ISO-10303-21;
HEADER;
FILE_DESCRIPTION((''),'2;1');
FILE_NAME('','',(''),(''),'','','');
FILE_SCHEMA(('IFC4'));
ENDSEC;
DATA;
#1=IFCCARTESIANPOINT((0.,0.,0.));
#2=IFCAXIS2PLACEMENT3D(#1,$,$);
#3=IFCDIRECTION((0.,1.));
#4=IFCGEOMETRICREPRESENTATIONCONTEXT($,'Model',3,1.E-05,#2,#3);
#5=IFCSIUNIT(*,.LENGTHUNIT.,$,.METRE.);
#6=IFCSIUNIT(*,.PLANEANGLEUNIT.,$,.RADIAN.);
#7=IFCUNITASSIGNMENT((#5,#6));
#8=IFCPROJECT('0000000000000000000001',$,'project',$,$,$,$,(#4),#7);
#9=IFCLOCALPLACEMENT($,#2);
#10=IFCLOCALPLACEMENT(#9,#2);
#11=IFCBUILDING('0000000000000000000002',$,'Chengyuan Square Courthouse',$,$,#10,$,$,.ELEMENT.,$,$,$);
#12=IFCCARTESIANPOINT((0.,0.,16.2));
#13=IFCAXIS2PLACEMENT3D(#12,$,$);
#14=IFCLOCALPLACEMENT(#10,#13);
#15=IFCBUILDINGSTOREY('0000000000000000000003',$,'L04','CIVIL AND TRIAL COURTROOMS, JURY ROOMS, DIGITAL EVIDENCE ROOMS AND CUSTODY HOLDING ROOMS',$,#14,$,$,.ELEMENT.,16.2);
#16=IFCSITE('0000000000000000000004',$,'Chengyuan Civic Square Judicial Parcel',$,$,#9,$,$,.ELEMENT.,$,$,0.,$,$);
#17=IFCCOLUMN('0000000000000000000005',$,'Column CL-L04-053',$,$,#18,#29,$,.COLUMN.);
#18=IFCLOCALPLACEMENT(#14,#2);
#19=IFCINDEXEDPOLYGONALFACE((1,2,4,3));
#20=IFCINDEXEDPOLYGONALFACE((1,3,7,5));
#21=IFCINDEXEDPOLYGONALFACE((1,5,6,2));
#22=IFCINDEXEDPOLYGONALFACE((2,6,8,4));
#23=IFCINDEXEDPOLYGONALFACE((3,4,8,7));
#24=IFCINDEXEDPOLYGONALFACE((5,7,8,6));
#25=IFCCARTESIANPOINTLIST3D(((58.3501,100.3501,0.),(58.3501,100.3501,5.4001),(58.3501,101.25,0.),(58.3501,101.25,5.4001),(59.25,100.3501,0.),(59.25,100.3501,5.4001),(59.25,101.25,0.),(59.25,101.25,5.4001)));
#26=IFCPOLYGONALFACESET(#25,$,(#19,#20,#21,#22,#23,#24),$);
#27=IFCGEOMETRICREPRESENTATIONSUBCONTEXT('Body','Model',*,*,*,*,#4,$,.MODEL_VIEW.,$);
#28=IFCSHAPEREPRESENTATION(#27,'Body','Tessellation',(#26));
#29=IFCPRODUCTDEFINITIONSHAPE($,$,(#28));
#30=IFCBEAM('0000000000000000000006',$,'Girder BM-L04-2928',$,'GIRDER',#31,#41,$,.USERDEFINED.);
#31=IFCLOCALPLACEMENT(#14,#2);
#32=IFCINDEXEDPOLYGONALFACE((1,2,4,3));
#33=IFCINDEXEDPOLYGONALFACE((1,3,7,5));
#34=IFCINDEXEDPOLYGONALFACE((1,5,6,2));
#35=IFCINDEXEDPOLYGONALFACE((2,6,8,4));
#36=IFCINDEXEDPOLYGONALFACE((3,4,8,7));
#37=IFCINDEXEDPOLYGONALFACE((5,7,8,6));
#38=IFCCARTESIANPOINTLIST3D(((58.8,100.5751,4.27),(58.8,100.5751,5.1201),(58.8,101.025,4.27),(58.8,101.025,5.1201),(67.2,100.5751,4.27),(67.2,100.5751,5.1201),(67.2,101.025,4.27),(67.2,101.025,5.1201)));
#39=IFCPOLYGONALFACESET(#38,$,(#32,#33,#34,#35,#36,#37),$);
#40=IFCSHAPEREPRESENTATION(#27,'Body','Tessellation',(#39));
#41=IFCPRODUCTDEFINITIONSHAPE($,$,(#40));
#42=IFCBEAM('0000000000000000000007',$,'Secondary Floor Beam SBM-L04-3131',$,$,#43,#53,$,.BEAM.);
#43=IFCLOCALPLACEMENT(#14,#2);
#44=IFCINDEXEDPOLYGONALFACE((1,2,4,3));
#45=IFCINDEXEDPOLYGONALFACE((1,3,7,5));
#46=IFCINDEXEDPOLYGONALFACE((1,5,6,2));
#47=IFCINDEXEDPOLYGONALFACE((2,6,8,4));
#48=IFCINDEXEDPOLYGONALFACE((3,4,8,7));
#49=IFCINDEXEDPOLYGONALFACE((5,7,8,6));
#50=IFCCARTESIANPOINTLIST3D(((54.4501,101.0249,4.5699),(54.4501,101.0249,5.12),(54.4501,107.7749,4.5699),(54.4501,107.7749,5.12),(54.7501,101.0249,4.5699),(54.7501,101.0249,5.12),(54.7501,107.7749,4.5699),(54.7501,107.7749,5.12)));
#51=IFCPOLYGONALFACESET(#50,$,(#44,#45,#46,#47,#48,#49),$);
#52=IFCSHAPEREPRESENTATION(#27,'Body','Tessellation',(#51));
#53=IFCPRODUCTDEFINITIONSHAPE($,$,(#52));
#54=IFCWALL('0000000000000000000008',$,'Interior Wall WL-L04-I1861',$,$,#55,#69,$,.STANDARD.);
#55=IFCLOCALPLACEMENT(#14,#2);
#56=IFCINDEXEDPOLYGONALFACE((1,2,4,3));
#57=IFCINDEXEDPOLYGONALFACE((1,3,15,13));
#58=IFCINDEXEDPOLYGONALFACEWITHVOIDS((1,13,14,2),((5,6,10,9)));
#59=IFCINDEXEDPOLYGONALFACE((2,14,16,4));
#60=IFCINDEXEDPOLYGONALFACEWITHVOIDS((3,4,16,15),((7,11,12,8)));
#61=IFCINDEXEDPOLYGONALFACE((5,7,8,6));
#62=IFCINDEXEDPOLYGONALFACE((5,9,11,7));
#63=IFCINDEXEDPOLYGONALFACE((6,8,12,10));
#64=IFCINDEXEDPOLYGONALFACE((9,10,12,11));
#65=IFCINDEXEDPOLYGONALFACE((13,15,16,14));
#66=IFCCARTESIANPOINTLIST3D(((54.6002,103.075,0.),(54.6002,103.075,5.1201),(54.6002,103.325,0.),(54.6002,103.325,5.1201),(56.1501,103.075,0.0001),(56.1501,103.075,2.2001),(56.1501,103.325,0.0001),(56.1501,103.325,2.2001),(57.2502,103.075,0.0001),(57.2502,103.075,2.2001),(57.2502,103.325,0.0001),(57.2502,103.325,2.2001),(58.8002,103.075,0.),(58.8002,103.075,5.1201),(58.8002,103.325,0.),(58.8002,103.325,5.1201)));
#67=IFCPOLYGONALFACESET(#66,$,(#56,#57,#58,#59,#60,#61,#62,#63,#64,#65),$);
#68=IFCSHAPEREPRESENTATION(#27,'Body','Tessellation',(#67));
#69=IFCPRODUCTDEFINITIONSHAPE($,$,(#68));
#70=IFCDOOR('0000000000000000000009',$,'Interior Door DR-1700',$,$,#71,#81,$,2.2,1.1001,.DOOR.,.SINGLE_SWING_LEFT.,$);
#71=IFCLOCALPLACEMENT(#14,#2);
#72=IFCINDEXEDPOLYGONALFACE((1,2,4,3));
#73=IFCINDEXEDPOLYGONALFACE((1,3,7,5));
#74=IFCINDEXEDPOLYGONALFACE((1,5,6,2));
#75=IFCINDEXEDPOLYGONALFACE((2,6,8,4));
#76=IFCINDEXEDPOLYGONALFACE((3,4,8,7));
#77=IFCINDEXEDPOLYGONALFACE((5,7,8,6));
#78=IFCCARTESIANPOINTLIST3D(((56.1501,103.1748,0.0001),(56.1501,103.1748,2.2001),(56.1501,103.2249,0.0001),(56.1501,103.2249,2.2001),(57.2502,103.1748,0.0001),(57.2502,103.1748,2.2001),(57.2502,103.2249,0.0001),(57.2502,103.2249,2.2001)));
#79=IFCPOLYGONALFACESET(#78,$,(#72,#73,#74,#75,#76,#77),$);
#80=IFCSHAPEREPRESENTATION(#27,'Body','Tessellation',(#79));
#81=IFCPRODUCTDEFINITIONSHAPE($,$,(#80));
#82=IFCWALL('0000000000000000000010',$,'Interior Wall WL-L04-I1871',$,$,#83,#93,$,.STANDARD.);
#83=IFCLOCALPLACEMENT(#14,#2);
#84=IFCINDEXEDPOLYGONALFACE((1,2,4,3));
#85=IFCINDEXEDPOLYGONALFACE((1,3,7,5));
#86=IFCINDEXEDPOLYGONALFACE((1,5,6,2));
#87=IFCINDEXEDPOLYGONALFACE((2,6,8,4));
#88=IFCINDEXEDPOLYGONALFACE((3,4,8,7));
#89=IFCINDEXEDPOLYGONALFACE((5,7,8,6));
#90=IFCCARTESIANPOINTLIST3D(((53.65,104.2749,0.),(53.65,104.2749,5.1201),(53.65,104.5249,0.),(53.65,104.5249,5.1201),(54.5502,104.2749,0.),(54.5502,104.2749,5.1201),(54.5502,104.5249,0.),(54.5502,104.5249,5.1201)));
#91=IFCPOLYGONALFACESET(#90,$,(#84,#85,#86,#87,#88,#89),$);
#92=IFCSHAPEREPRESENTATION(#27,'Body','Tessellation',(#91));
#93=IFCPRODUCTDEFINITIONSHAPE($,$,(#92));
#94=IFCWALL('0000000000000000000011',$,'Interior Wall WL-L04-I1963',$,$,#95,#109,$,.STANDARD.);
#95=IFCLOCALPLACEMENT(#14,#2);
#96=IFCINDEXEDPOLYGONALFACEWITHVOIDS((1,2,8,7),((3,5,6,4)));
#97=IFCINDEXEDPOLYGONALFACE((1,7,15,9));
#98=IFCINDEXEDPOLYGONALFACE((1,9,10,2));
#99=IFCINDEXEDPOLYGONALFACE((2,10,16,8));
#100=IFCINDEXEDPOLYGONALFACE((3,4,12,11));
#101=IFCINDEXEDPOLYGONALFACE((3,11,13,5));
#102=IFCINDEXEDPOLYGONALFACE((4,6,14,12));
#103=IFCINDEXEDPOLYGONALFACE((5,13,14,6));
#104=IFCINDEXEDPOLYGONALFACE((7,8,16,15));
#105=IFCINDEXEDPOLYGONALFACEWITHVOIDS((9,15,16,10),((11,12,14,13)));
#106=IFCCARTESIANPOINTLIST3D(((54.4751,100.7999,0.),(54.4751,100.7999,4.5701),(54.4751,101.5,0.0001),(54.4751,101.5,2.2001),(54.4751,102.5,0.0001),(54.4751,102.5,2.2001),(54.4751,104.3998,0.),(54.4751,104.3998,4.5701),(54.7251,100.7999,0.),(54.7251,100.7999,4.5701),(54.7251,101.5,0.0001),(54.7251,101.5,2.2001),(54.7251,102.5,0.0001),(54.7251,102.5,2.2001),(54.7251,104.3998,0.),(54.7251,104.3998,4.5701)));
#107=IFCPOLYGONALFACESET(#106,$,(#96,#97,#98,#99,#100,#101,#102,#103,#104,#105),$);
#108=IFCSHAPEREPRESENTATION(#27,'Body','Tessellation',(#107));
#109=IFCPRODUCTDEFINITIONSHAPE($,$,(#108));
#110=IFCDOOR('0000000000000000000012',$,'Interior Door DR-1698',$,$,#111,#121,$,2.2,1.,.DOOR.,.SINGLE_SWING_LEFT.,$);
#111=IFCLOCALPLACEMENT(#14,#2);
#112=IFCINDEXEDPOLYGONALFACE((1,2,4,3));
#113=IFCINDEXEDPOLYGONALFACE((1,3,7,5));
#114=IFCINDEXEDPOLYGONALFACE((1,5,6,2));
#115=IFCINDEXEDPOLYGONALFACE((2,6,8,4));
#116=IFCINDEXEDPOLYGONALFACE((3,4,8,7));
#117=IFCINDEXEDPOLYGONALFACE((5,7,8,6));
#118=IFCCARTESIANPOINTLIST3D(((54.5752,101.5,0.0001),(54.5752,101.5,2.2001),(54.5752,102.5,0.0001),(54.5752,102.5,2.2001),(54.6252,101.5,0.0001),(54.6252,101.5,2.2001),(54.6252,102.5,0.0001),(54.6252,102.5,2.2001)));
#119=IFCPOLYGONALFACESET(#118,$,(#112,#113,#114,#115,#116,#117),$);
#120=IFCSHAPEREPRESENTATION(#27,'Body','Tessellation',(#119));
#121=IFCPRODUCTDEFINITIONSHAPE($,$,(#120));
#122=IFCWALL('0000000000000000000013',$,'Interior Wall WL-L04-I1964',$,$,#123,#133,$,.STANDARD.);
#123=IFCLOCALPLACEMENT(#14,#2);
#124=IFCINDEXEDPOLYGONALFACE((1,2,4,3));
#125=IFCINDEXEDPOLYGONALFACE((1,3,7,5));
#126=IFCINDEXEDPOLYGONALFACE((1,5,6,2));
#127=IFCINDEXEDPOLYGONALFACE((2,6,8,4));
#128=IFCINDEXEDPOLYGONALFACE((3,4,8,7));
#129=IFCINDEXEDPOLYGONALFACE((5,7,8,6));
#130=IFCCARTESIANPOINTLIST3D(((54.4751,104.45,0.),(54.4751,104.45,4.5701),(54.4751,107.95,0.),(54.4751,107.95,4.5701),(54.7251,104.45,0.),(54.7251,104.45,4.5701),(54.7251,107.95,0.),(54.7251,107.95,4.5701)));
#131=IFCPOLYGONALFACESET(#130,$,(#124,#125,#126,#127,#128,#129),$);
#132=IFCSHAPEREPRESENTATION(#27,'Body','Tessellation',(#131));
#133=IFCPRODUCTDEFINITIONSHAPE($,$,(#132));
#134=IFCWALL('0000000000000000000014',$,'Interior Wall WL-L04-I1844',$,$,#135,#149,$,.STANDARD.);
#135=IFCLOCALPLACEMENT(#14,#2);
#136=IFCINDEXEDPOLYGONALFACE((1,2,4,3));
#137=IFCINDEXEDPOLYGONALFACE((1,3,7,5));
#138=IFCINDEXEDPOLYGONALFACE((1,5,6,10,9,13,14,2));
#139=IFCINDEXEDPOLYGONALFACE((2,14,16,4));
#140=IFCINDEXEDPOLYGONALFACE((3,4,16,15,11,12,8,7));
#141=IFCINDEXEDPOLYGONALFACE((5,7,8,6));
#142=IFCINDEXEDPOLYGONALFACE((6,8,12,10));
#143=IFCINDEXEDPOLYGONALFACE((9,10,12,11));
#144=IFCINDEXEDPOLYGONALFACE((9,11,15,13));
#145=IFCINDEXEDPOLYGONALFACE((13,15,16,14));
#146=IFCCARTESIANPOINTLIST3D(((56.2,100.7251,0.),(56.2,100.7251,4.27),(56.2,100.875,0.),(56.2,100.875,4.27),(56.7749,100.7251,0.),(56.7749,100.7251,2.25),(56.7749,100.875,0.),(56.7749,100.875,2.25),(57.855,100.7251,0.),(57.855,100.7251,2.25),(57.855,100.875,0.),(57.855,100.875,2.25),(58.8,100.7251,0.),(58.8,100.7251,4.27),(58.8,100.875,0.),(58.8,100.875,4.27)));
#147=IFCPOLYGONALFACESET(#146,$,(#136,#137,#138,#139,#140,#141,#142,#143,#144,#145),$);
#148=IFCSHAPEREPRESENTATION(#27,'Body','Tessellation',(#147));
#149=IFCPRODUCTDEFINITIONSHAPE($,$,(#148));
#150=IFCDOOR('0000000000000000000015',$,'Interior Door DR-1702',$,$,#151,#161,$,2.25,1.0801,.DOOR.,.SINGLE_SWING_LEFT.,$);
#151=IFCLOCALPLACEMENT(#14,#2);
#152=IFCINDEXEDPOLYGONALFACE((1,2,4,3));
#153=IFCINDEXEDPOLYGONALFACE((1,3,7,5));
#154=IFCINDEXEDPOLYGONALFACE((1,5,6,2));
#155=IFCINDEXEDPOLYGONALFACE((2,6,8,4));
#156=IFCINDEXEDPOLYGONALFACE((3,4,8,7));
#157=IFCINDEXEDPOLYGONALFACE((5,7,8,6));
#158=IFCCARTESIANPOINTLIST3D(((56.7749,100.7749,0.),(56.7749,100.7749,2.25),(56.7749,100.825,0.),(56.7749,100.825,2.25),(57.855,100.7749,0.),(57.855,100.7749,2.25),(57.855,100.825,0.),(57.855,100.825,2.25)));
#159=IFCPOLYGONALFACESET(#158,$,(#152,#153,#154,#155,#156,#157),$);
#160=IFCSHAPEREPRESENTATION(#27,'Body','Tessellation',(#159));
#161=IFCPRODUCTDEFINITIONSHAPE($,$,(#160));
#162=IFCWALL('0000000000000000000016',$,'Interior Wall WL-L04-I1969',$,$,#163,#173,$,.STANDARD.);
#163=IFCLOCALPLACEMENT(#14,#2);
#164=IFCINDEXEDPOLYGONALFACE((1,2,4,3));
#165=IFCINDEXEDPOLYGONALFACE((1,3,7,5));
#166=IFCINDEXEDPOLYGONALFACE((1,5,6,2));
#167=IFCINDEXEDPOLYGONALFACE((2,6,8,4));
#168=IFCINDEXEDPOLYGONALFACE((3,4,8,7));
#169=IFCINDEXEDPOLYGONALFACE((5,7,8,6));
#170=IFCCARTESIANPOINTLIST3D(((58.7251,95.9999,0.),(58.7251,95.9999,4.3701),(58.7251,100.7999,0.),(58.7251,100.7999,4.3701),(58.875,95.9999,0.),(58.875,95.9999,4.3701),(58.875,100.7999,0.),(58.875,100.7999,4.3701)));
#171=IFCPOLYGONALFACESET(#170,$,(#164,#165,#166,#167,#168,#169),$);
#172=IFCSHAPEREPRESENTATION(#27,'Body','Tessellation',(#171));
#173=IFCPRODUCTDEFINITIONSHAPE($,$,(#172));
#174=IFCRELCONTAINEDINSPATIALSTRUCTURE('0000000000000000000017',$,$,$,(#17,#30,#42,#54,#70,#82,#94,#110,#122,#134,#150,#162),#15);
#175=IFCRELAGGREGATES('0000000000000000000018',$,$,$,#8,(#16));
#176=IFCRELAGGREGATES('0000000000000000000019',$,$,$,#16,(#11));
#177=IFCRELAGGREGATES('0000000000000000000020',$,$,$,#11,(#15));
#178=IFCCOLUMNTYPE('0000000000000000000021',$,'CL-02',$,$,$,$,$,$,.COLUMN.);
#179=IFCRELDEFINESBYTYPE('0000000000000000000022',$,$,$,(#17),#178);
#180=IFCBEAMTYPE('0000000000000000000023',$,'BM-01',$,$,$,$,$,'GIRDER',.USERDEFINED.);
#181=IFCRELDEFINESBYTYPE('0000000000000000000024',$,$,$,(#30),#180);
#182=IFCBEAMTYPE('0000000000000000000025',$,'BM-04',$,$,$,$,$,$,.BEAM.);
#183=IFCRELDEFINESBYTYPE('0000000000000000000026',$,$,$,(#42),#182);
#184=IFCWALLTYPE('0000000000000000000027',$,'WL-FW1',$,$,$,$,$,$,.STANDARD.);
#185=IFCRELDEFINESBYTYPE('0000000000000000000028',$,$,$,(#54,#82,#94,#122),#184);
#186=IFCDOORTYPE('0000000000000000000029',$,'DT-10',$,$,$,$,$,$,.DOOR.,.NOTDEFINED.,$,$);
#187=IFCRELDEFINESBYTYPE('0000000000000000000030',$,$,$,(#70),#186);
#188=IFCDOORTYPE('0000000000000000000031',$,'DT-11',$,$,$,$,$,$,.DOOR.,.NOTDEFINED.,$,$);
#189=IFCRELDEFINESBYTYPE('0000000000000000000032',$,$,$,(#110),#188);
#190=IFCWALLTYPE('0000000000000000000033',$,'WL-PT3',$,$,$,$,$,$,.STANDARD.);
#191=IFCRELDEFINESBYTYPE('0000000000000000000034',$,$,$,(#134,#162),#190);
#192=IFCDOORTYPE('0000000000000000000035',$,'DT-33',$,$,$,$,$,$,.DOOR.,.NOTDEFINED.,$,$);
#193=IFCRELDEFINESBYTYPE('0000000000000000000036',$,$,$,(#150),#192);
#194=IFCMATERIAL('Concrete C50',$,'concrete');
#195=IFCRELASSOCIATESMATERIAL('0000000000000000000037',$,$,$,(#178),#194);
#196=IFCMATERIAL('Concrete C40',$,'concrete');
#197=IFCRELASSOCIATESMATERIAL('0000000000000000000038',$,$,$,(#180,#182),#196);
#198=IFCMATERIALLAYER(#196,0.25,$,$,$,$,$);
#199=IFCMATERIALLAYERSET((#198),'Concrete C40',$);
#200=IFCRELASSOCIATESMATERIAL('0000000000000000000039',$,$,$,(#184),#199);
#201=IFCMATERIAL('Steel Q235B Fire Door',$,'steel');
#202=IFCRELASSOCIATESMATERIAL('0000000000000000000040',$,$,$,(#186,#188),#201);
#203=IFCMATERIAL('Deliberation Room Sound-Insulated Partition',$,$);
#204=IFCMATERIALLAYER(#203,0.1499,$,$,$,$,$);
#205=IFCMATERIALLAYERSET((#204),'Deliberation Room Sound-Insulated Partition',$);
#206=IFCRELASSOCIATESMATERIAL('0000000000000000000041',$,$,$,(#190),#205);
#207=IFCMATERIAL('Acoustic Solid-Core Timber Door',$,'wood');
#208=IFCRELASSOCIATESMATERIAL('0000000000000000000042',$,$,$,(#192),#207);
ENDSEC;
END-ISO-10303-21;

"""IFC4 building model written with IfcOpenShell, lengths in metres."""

from ifc_helpers import new_model, si_unit, direction, frame, frame_2d, origin, origin_2d, place, context, subcontext, project, spatial, rectangle, extrude, material, layer, layer_set, material_profile, profile_set, type_object, element, fill, save


model = new_model("IFC4")

# Units and contexts
model_context = context("Model", 3, precision=1e-05, world=origin(), true_north=direction((0.0, 1.0)))
body_context = subcontext(model_context, "Body", "Model", "MODEL_VIEW")
ifc_project = project(units=[si_unit("LENGTHUNIT", "METRE"), si_unit("PLANEANGLEUNIT", "RADIAN")], contexts=[model_context])

# Site, building, storey
site_placement = place(None, origin())
site = spatial("IfcSite", under=ifc_project, at=site_placement, Name="Chengyuan Civic Square Judicial Parcel", CompositionType="ELEMENT", RefElevation=0.0)
building_placement = place(site_placement, origin())
building = spatial("IfcBuilding", under=site, at=building_placement, Name="Chengyuan Square Courthouse", CompositionType="ELEMENT")
storey_placement = place(building_placement, frame((0.0, 0.0, 16.2)))
storey = spatial("IfcBuildingStorey", under=building, at=storey_placement, Name="L04", Description="CIVIL AND TRIAL COURTROOMS, JURY ROOMS, DIGITAL EVIDENCE ROOMS AND CUSTODY HOLDING ROOMS", CompositionType="ELEMENT", Elevation=16.2)

# Column
ifc_material_1 = material(Name="Concrete C50", Category="concrete")
ifc_material_profile_1 = material_profile(ifc_material_1, rectangle(XDim=0.8999, YDim=0.8999, at=origin_2d()), Name="RC-COL-900x900")
ifc_profile_set_1 = profile_set([ifc_material_profile_1], Name="Concrete C50")
column_type = type_object("IfcColumnType", Name="CL-02", PredefinedType="COLUMN", material=ifc_profile_set_1)
column_placement = place(storey_placement, frame((58.8, 100.8, 0.0), z_axis=(0.0, 0.0, 1.0), x_axis=(1.0, 0.0, 0.0)))
element("IfcColumn", 1, at=column_placement, inside=storey, type_object=column_type, Name="Column CL-L04-053", PredefinedType="COLUMN", context=body_context, shape_type="SweptSolid", body=[
    extrude(rectangle(XDim=0.8999, YDim=0.8999, at=origin_2d()), origin(), (0.0, 0.0, 1.0), 5.4001),
])

# Beams
ifc_material_2 = material(Name="Concrete C40", Category="concrete")
ifc_material_profile_2 = material_profile(ifc_material_2, rectangle(XDim=0.45, YDim=0.8501, at=origin_2d()), Name="RC-BM-450x850")
ifc_profile_set_2 = profile_set([ifc_material_profile_2], Name="Concrete C40")
beam_type_1 = type_object("IfcBeamType", Name="BM-01", ElementType="GIRDER", PredefinedType="USERDEFINED", material=ifc_profile_set_2)
beam_1_placement = place(storey_placement, frame((58.8, 100.8, 4.6951), z_axis=(1.0, 0.0, 0.0), x_axis=(0.0, 1.0, 0.0)))
element("IfcBeam", 2, at=beam_1_placement, inside=storey, type_object=beam_type_1, Name="Girder BM-L04-2928", ObjectType="GIRDER", PredefinedType="USERDEFINED", context=body_context, shape_type="SweptSolid", body=[
    extrude(rectangle(XDim=0.45, YDim=0.8501, at=origin_2d()), origin(), (0.0, 0.0, 1.0), 8.3999),
])
ifc_material_profile_3 = material_profile(ifc_material_2, rectangle(XDim=0.3, YDim=0.55, at=origin_2d()), Name="RC-BM-300x550")
ifc_profile_set_3 = profile_set([ifc_material_profile_3], Name="Concrete C40")
beam_type_2 = type_object("IfcBeamType", Name="BM-04", PredefinedType="BEAM", material=ifc_profile_set_3)
beam_2_placement = place(storey_placement, frame((54.6001, 101.0249, 4.845), z_axis=(0.0, 1.0, 0.0), x_axis=(-1.0, 0.0, 0.0)))
element("IfcBeam", 3, at=beam_2_placement, inside=storey, type_object=beam_type_2, Name="Secondary Floor Beam SBM-L04-3131", PredefinedType="BEAM", context=body_context, shape_type="SweptSolid", body=[
    extrude(rectangle(XDim=0.3, YDim=0.55, at=origin_2d()), origin(), (0.0, 0.0, 1.0), 6.75),
])

# Wall, opening, door
ifc_layer_1 = layer(ifc_material_2, 0.25)
ifc_layer_set_1 = layer_set([ifc_layer_1], Name="Concrete C40")
wall_type_1 = type_object("IfcWallType", Name="WL-FW1", PredefinedType="STANDARD", material=ifc_layer_set_1)
wall_1_placement = place(storey_placement, frame((54.6001, 103.2, 0.0), z_axis=(0.0, 0.0, 1.0), x_axis=(1.0, 0.0, 0.0)))
wall_1 = element("IfcWall", 4, at=wall_1_placement, inside=storey, type_object=wall_type_1, Name="Interior Wall WL-L04-I1861", PredefinedType="STANDARD", context=body_context, shape_type="SweptSolid", body=[
    extrude(rectangle(XDim=4.2, YDim=0.25, at=frame_2d((2.1001, 0.0))), origin(), (0.0, 0.0, 1.0), 5.1201),
])
opening_1_placement = place(wall_1_placement, frame((1.55, 0.0, 0.0)))
opening_1 = element("IfcOpeningElement", 5, at=opening_1_placement, cuts=wall_1, PredefinedType="OPENING", context=body_context, shape_type="SweptSolid", body=[
    extrude(rectangle(XDim=1.1001, YDim=2.2, at=frame_2d((0.55, 1.1001))), frame((0.0, 0.137, 0.0), z_axis=(0.0, -1.0, 0.0), x_axis=(1.0, 0.0, 0.0)), (0.0, 0.0, 1.0), 0.2739),
])
ifc_material_3 = material(Name="Steel Q235B Fire Door", Category="steel")
door_type_1 = type_object("IfcDoorType", Name="DT-10", OperationType="NOTDEFINED", PredefinedType="DOOR", material=ifc_material_3)
door_1_placement = place(opening_1_placement, origin())
door_1 = element("IfcDoor", 6, at=door_1_placement, inside=storey, type_object=door_type_1, Name="Interior Door DR-1700", OperationType="SINGLE_SWING_LEFT", OverallHeight=2.2, OverallWidth=1.1001, PredefinedType="DOOR", context=body_context, shape_type="SweptSolid", body=[
    extrude(rectangle(XDim=1.1001, YDim=2.2, at=frame_2d((0.55, 1.1001))), frame((0.0, 0.0249, 0.0), z_axis=(0.0, -1.0, 0.0), x_axis=(1.0, 0.0, 0.0)), (0.0, 0.0, 1.0), 0.05),
])
fill(opening_1, door_1)

# Wall
wall_2_placement = place(storey_placement, frame((53.6499, 104.3999, 0.0), z_axis=(0.0, 0.0, 1.0), x_axis=(1.0, 0.0, 0.0)))
element("IfcWall", 7, at=wall_2_placement, inside=storey, type_object=wall_type_1, Name="Interior Wall WL-L04-I1871", PredefinedType="STANDARD", context=body_context, shape_type="SweptSolid", body=[
    extrude(rectangle(XDim=0.9001, YDim=0.25, at=frame_2d((0.4502, 0.0))), origin(), (0.0, 0.0, 1.0), 5.1201),
])

# Wall, opening, door
wall_3_placement = place(storey_placement, frame((54.6001, 100.8, 0.0), z_axis=(0.0, 0.0, 1.0), x_axis=(0.0, 1.0, 0.0)))
wall_3 = element("IfcWall", 8, at=wall_3_placement, inside=storey, type_object=wall_type_1, Name="Interior Wall WL-L04-I1963", PredefinedType="STANDARD", context=body_context, shape_type="SweptSolid", body=[
    extrude(rectangle(XDim=3.5999, YDim=0.25, at=frame_2d((1.7998, 0.0))), origin(), (0.0, 0.0, 1.0), 4.5701),
])
opening_2_placement = place(wall_3_placement, frame((0.7, 0.0, 0.0)))
opening_2 = element("IfcOpeningElement", 9, at=opening_2_placement, cuts=wall_3, PredefinedType="OPENING", context=body_context, shape_type="SweptSolid", body=[
    extrude(rectangle(XDim=1.0, YDim=2.2, at=frame_2d((0.5, 1.1001))), frame((0.0, 0.137, 0.0), z_axis=(0.0, -1.0, 0.0), x_axis=(1.0, 0.0, 0.0)), (0.0, 0.0, 1.0), 0.2739),
])
door_type_2 = type_object("IfcDoorType", Name="DT-11", OperationType="NOTDEFINED", PredefinedType="DOOR", material=ifc_material_3)
door_2_placement = place(opening_2_placement, origin())
door_2 = element("IfcDoor", 10, at=door_2_placement, inside=storey, type_object=door_type_2, Name="Interior Door DR-1698", OperationType="SINGLE_SWING_LEFT", OverallHeight=2.2, OverallWidth=1.0, PredefinedType="DOOR", context=body_context, shape_type="SweptSolid", body=[
    extrude(rectangle(XDim=1.0, YDim=2.2, at=frame_2d((0.5, 1.1001))), frame((0.0, 0.0249, 0.0), z_axis=(0.0, -1.0, 0.0), x_axis=(1.0, 0.0, 0.0)), (0.0, 0.0, 1.0), 0.05),
])
fill(opening_2, door_2)

# Wall
wall_4_placement = place(storey_placement, frame((54.6001, 104.45, 0.0), z_axis=(0.0, 0.0, 1.0), x_axis=(0.0, 1.0, 0.0)))
element("IfcWall", 11, at=wall_4_placement, inside=storey, type_object=wall_type_1, Name="Interior Wall WL-L04-I1964", PredefinedType="STANDARD", context=body_context, shape_type="SweptSolid", body=[
    extrude(rectangle(XDim=3.5, YDim=0.25, at=frame_2d((1.75, 0.0))), origin(), (0.0, 0.0, 1.0), 4.5701),
])

# Wall, opening, door
ifc_material_4 = material(Name="Deliberation Room Sound-Insulated Partition")
ifc_layer_2 = layer(ifc_material_4, 0.1499)
ifc_layer_set_2 = layer_set([ifc_layer_2], Name="Deliberation Room Sound-Insulated Partition")
wall_type_2 = type_object("IfcWallType", Name="WL-PT3", PredefinedType="STANDARD", material=ifc_layer_set_2)
wall_5_placement = place(storey_placement, frame((56.2, 100.8, 0.0), z_axis=(0.0, 0.0, 1.0), x_axis=(1.0, 0.0, 0.0)))
wall_5 = element("IfcWall", 12, at=wall_5_placement, inside=storey, type_object=wall_type_2, Name="Interior Wall WL-L04-I1844", PredefinedType="STANDARD", context=body_context, shape_type="SweptSolid", body=[
    extrude(rectangle(XDim=2.6001, YDim=0.1499, at=frame_2d((1.3, 0.0))), origin(), (0.0, 0.0, 1.0), 4.27),
])
opening_3_placement = place(wall_5_placement, frame((0.575, 0.0, 0.0)))
opening_3 = element("IfcOpeningElement", 13, at=opening_3_placement, cuts=wall_5, PredefinedType="OPENING", context=body_context, shape_type="SweptSolid", body=[
    extrude(rectangle(XDim=1.0801, YDim=2.25, at=frame_2d((0.54, 1.125))), frame((0.0, 0.0869, 0.0), z_axis=(0.0, -1.0, 0.0), x_axis=(1.0, 0.0, 0.0)), (0.0, 0.0, 1.0), 0.1738),
])
ifc_material_5 = material(Name="Acoustic Solid-Core Timber Door", Category="wood")
door_type_3 = type_object("IfcDoorType", Name="DT-33", OperationType="NOTDEFINED", PredefinedType="DOOR", material=ifc_material_5)
door_3_placement = place(opening_3_placement, origin())
door_3 = element("IfcDoor", 14, at=door_3_placement, inside=storey, type_object=door_type_3, Name="Interior Door DR-1702", OperationType="SINGLE_SWING_LEFT", OverallHeight=2.25, OverallWidth=1.0801, PredefinedType="DOOR", context=body_context, shape_type="SweptSolid", body=[
    extrude(rectangle(XDim=1.0801, YDim=2.25, at=frame_2d((0.54, 1.125))), frame((0.0, 0.0249, 0.0), z_axis=(0.0, -1.0, 0.0), x_axis=(1.0, 0.0, 0.0)), (0.0, 0.0, 1.0), 0.05),
])
fill(opening_3, door_3)

# Wall
wall_6_placement = place(storey_placement, frame((58.8, 96.0, 0.0), z_axis=(0.0, 0.0, 1.0), x_axis=(0.0, 1.0, 0.0)))
element("IfcWall", 15, at=wall_6_placement, inside=storey, type_object=wall_type_2, Name="Interior Wall WL-L04-I1969", PredefinedType="STANDARD", context=body_context, shape_type="SweptSolid", body=[
    extrude(rectangle(XDim=4.8, YDim=0.1499, at=frame_2d((2.3999, 0.0))), origin(), (0.0, 0.0, 1.0), 4.3701),
])

save(model, "model.ifc")
